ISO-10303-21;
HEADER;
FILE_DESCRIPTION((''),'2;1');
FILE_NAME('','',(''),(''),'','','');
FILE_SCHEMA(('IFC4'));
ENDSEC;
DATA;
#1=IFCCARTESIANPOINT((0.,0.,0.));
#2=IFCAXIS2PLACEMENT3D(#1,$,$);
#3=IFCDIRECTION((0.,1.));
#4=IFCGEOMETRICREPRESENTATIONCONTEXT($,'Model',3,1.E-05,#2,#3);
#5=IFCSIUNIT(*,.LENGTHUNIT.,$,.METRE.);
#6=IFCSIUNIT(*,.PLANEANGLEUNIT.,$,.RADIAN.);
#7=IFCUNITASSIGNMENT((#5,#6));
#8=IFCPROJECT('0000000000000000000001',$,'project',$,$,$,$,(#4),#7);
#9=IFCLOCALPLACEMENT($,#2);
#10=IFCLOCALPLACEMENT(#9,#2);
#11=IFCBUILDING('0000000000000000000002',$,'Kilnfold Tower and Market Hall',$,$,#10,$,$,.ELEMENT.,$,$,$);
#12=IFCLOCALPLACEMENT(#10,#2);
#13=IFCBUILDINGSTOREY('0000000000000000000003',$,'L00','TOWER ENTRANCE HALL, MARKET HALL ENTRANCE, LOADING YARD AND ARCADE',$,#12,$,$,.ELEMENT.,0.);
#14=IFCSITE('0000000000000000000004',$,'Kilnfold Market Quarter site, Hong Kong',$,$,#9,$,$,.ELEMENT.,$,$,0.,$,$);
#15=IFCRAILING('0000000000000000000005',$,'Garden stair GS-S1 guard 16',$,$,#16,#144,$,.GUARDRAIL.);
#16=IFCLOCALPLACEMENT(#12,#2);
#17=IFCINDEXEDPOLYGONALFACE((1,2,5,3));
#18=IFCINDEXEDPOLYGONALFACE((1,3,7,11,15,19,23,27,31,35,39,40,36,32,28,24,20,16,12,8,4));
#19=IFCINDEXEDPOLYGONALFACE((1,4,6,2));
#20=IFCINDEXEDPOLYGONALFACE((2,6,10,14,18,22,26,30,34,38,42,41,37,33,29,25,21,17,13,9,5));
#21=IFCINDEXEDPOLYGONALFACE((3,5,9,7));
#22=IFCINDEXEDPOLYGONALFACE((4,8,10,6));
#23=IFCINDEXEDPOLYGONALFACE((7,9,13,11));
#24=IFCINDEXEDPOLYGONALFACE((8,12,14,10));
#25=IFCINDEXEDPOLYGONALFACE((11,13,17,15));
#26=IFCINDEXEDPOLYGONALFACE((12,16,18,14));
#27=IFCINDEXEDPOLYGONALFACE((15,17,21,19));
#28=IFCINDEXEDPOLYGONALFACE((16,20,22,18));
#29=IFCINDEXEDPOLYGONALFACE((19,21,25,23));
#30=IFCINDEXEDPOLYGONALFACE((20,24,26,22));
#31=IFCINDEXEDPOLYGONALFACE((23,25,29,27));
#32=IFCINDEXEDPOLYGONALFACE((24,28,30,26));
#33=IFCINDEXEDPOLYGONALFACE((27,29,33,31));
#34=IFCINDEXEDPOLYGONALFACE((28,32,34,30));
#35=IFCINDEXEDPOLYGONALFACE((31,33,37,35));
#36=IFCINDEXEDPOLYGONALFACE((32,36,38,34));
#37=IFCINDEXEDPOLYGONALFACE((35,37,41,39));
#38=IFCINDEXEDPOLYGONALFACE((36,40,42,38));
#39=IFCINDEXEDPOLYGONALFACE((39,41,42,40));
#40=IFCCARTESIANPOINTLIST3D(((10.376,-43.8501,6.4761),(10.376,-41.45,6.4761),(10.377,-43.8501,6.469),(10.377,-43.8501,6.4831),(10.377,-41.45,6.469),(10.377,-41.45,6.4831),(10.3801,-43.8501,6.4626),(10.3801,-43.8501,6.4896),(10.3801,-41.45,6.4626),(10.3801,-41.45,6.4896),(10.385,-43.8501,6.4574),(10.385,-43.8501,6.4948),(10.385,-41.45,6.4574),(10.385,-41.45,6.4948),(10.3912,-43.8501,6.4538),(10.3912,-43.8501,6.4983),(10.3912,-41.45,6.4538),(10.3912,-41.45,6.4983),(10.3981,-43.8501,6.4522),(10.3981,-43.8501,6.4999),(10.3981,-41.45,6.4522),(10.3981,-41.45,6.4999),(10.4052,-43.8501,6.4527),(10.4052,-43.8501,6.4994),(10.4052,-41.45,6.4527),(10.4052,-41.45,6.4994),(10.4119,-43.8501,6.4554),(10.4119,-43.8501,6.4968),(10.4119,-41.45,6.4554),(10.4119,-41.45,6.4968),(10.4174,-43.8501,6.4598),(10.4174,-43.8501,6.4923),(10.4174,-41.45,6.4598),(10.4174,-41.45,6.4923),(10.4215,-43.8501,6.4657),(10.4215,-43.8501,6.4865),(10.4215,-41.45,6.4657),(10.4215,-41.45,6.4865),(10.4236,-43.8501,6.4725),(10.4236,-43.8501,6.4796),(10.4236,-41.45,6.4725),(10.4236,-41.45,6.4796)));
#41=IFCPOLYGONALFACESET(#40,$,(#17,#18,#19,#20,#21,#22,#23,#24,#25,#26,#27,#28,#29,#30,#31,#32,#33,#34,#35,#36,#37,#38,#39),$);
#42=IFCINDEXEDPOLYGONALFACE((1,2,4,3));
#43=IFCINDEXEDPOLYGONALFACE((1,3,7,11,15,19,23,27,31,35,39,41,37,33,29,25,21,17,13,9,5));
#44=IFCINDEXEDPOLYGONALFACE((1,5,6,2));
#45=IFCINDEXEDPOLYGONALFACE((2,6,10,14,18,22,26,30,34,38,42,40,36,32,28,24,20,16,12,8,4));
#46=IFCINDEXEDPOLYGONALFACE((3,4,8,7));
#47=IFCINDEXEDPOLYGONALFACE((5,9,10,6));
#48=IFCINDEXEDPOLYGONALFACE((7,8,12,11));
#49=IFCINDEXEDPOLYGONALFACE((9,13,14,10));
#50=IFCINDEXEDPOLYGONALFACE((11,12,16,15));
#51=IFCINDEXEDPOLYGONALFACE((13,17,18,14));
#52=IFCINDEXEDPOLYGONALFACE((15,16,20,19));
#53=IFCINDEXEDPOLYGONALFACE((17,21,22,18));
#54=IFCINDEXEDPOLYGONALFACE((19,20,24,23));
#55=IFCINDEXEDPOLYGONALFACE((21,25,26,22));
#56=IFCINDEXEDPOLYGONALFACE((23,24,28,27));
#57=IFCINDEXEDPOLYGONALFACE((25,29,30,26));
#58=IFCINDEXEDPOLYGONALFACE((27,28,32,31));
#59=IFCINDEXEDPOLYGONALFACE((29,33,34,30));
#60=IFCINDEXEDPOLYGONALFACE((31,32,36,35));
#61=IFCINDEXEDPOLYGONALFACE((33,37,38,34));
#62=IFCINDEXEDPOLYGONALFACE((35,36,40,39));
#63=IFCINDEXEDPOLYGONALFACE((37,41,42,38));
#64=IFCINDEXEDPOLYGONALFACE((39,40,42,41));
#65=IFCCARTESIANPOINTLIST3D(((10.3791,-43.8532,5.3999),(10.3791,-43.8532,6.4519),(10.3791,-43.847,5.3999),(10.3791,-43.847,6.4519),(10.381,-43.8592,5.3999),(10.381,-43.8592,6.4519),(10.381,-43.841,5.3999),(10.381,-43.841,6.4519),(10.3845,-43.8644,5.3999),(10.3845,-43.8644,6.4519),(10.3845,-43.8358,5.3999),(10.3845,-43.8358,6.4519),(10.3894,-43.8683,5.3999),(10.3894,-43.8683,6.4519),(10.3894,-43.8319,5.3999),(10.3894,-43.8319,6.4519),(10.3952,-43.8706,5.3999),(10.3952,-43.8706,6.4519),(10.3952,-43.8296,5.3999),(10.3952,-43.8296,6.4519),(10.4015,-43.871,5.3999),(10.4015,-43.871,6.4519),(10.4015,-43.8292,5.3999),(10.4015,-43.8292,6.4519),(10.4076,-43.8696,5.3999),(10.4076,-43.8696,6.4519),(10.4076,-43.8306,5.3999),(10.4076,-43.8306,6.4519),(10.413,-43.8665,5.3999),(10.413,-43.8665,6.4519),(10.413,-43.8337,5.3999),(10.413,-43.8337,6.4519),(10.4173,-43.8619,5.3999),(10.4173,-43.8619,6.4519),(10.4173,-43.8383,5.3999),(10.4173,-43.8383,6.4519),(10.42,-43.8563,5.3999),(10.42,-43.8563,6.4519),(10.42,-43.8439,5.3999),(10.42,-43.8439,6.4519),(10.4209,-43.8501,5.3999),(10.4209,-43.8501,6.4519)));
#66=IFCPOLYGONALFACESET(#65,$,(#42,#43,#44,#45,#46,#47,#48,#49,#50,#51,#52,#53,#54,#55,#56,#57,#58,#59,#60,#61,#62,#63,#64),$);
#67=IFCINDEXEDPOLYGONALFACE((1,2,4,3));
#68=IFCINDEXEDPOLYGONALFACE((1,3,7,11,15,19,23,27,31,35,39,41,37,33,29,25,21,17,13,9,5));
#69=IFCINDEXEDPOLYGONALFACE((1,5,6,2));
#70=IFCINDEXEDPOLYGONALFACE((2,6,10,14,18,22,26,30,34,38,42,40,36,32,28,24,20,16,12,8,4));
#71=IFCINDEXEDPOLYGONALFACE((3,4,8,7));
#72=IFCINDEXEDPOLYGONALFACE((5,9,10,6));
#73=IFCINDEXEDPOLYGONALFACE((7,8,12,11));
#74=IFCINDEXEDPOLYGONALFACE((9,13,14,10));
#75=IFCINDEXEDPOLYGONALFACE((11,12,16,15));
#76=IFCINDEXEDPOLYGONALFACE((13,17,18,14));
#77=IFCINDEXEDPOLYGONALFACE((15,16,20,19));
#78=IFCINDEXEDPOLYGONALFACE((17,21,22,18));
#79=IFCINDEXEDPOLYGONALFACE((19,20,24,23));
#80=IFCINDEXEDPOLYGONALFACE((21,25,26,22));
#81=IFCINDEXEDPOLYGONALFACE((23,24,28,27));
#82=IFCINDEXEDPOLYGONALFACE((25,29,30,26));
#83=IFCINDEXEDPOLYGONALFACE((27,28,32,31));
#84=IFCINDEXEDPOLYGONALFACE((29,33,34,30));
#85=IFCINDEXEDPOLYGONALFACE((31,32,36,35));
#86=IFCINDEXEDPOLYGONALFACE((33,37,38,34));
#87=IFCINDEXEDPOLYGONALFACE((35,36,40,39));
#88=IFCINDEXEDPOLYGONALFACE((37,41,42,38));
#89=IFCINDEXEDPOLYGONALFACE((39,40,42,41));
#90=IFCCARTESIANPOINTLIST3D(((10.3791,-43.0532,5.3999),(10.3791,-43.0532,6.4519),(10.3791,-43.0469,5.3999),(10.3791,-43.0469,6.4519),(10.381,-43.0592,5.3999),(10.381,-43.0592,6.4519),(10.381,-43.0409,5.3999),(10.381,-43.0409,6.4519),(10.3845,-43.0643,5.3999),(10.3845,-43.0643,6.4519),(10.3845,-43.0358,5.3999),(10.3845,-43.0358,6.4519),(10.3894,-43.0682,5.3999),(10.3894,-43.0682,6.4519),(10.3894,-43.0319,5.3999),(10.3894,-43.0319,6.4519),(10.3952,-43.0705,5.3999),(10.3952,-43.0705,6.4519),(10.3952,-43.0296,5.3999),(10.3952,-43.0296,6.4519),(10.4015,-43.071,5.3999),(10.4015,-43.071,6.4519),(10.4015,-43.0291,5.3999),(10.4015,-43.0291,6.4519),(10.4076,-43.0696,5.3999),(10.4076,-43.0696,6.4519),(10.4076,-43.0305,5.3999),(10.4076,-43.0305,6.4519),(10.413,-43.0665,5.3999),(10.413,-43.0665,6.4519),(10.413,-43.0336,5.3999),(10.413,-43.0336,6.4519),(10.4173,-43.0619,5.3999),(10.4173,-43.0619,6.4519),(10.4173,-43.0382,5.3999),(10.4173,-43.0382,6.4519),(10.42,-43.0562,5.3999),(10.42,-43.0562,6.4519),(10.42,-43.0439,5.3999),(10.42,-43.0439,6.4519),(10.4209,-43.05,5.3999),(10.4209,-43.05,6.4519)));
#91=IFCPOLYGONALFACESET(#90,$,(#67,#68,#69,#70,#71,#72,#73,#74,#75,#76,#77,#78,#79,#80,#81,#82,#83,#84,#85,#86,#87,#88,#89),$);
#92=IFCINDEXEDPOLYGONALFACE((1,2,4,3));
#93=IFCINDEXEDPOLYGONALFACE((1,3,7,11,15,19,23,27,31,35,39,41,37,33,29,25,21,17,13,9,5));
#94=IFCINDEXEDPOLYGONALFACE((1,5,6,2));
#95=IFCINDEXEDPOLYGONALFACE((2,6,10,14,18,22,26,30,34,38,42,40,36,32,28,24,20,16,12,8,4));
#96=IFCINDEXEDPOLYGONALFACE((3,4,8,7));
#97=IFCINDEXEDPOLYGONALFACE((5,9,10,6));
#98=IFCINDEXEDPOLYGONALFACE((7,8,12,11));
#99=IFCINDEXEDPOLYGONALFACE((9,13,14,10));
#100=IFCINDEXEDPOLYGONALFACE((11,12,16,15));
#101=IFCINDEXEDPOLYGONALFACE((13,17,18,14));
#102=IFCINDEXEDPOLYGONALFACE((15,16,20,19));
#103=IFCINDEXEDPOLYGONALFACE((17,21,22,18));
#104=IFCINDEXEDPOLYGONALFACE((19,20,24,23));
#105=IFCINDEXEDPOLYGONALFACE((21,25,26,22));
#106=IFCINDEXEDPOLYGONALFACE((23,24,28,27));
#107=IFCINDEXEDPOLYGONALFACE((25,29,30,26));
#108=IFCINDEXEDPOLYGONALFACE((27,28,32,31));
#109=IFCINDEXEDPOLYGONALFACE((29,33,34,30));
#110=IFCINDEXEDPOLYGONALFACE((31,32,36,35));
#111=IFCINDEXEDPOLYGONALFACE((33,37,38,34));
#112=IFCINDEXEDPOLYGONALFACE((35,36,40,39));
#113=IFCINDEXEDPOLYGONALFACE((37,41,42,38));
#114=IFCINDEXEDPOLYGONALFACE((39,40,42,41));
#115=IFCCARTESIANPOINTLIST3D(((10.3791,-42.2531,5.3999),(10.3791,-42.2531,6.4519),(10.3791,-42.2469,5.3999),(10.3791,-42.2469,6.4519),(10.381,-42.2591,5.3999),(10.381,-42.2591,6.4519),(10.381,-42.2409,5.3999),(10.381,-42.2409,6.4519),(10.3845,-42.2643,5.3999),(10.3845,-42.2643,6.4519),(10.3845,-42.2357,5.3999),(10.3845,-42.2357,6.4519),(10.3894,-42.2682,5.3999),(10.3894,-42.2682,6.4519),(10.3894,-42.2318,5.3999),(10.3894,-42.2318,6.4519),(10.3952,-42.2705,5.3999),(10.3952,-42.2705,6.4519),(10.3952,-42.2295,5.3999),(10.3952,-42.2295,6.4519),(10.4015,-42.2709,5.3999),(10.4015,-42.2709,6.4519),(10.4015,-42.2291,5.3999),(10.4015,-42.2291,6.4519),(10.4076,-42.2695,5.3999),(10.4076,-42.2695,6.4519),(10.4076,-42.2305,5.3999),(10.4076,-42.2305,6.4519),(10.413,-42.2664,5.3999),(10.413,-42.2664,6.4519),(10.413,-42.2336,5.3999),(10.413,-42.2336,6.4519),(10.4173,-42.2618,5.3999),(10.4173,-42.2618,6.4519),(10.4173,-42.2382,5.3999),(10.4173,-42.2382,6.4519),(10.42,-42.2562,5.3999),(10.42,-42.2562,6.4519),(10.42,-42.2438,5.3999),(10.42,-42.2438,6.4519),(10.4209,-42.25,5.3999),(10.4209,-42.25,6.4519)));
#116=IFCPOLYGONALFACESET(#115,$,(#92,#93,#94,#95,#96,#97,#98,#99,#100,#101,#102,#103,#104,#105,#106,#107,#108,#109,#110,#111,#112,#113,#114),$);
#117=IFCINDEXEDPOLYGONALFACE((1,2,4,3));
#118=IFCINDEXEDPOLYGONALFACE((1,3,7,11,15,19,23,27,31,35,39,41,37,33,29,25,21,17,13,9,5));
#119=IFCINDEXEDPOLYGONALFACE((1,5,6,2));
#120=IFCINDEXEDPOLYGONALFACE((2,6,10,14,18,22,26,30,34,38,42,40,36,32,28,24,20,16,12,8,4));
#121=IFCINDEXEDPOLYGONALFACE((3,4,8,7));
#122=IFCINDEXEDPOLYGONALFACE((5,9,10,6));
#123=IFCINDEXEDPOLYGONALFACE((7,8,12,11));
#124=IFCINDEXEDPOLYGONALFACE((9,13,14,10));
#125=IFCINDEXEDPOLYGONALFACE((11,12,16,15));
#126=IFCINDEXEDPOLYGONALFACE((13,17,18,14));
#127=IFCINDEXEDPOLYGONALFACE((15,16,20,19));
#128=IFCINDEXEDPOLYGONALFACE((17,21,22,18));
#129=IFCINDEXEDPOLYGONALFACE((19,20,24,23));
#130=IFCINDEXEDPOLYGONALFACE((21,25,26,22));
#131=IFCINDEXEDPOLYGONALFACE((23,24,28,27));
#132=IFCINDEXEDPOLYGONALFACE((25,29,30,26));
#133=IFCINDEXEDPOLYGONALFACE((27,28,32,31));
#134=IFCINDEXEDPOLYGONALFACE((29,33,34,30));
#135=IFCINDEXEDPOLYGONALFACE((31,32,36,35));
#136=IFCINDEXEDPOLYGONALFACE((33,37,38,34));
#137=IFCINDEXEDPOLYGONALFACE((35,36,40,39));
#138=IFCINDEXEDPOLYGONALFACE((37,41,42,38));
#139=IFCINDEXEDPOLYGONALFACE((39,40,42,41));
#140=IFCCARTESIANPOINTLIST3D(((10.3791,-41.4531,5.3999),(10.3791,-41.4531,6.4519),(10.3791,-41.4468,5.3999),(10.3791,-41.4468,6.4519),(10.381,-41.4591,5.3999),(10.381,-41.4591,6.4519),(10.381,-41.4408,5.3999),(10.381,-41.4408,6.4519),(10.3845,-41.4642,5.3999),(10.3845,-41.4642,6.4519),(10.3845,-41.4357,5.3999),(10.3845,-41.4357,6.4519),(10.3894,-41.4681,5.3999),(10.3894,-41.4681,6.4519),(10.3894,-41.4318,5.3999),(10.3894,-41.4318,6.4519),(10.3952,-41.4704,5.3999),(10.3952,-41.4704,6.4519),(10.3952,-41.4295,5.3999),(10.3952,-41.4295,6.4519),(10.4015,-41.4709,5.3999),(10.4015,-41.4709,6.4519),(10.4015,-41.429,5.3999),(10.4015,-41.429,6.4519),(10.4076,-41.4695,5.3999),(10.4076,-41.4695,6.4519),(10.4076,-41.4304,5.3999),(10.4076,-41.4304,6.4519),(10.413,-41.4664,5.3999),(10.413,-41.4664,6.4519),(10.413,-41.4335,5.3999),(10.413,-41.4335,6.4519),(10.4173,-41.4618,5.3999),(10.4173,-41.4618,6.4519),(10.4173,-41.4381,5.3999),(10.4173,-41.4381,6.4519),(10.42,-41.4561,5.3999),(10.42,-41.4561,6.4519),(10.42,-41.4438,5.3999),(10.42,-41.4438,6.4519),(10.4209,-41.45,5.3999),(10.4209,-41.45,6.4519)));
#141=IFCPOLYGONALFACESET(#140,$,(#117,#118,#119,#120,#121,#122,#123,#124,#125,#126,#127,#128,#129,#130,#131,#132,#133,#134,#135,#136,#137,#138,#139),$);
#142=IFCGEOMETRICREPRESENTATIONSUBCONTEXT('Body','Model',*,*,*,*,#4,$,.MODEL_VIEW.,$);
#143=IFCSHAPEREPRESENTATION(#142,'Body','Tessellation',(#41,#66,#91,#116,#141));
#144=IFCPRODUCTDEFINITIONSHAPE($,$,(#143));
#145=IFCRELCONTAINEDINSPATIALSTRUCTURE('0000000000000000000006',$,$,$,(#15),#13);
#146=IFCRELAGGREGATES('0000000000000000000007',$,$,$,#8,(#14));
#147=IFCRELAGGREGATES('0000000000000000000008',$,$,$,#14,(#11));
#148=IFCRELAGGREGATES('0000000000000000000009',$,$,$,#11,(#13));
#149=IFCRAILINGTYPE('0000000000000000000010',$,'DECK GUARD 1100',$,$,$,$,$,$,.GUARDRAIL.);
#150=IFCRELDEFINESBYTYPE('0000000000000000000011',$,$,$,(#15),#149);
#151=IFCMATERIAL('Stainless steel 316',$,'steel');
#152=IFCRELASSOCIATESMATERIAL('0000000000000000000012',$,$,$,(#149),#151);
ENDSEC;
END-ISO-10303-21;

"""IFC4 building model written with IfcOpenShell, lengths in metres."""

from ifc_helpers import new_model, si_unit, direction, frame, origin, origin_2d, place, context, subcontext, project, spatial, circle, extrude, material, type_object, element, save


model = new_model("IFC4")

# Units and contexts
model_context = context("Model", 3, precision=1e-05, world=origin(), true_north=direction((0.0, 1.0)))
body_context = subcontext(model_context, "Body", "Model", "MODEL_VIEW")
ifc_project = project(units=[si_unit("LENGTHUNIT", "METRE"), si_unit("PLANEANGLEUNIT", "RADIAN")], contexts=[model_context])

# Site, building, storey
site_placement = place(None, origin())
site = spatial("IfcSite", under=ifc_project, at=site_placement, Name="Kilnfold Market Quarter site, Hong Kong", CompositionType="ELEMENT", RefElevation=0.0)
building_placement = place(site_placement, origin())
building = spatial("IfcBuilding", under=site, at=building_placement, Name="Kilnfold Tower and Market Hall", CompositionType="ELEMENT")
storey_placement = place(building_placement, origin())
storey = spatial("IfcBuildingStorey", under=building, at=storey_placement, Name="L00", Description="TOWER ENTRANCE HALL, MARKET HALL ENTRANCE, LOADING YARD AND ARCADE", CompositionType="ELEMENT", Elevation=0.0)

# Railing
ifc_material_1 = material(Name="Stainless steel 316", Category="steel")
railing_type_1 = type_object("IfcRailingType", Name="DECK GUARD 1100", PredefinedType="GUARDRAIL", material=ifc_material_1)
for number, where, name in (
    (1, (10.3999, -43.8501, 5.3999), "Garden stair GS-S1 guard 16"),
):
    element("IfcRailing", number, at=place(storey_placement, frame(where)), inside=storey, type_object=railing_type_1, Name=name, PredefinedType="GUARDRAIL", context=body_context, shape_type="SweptSolid", body=[
        extrude(circle(Radius=0.0239, at=origin_2d()), frame((0.0, 0.0, 1.0762), z_axis=(0.0, 1.0, 0.0), x_axis=(-1.0, 0.0, 0.0)), (0.0, 0.0, 1.0), 2.4001),
        extrude(circle(Radius=0.021, at=origin_2d()), origin(), (0.0, 0.0, 1.0), 1.052),
        extrude(circle(Radius=0.021, at=origin_2d()), frame((0.0, 0.8, 0.0)), (0.0, 0.0, 1.0), 1.052),
        extrude(circle(Radius=0.021, at=origin_2d()), frame((0.0, 1.6001, 0.0)), (0.0, 0.0, 1.0), 1.052),
        extrude(circle(Radius=0.021, at=origin_2d()), frame((0.0, 2.4001, 0.0)), (0.0, 0.0, 1.0), 1.052),
    ])

save(model, "model.ifc")
